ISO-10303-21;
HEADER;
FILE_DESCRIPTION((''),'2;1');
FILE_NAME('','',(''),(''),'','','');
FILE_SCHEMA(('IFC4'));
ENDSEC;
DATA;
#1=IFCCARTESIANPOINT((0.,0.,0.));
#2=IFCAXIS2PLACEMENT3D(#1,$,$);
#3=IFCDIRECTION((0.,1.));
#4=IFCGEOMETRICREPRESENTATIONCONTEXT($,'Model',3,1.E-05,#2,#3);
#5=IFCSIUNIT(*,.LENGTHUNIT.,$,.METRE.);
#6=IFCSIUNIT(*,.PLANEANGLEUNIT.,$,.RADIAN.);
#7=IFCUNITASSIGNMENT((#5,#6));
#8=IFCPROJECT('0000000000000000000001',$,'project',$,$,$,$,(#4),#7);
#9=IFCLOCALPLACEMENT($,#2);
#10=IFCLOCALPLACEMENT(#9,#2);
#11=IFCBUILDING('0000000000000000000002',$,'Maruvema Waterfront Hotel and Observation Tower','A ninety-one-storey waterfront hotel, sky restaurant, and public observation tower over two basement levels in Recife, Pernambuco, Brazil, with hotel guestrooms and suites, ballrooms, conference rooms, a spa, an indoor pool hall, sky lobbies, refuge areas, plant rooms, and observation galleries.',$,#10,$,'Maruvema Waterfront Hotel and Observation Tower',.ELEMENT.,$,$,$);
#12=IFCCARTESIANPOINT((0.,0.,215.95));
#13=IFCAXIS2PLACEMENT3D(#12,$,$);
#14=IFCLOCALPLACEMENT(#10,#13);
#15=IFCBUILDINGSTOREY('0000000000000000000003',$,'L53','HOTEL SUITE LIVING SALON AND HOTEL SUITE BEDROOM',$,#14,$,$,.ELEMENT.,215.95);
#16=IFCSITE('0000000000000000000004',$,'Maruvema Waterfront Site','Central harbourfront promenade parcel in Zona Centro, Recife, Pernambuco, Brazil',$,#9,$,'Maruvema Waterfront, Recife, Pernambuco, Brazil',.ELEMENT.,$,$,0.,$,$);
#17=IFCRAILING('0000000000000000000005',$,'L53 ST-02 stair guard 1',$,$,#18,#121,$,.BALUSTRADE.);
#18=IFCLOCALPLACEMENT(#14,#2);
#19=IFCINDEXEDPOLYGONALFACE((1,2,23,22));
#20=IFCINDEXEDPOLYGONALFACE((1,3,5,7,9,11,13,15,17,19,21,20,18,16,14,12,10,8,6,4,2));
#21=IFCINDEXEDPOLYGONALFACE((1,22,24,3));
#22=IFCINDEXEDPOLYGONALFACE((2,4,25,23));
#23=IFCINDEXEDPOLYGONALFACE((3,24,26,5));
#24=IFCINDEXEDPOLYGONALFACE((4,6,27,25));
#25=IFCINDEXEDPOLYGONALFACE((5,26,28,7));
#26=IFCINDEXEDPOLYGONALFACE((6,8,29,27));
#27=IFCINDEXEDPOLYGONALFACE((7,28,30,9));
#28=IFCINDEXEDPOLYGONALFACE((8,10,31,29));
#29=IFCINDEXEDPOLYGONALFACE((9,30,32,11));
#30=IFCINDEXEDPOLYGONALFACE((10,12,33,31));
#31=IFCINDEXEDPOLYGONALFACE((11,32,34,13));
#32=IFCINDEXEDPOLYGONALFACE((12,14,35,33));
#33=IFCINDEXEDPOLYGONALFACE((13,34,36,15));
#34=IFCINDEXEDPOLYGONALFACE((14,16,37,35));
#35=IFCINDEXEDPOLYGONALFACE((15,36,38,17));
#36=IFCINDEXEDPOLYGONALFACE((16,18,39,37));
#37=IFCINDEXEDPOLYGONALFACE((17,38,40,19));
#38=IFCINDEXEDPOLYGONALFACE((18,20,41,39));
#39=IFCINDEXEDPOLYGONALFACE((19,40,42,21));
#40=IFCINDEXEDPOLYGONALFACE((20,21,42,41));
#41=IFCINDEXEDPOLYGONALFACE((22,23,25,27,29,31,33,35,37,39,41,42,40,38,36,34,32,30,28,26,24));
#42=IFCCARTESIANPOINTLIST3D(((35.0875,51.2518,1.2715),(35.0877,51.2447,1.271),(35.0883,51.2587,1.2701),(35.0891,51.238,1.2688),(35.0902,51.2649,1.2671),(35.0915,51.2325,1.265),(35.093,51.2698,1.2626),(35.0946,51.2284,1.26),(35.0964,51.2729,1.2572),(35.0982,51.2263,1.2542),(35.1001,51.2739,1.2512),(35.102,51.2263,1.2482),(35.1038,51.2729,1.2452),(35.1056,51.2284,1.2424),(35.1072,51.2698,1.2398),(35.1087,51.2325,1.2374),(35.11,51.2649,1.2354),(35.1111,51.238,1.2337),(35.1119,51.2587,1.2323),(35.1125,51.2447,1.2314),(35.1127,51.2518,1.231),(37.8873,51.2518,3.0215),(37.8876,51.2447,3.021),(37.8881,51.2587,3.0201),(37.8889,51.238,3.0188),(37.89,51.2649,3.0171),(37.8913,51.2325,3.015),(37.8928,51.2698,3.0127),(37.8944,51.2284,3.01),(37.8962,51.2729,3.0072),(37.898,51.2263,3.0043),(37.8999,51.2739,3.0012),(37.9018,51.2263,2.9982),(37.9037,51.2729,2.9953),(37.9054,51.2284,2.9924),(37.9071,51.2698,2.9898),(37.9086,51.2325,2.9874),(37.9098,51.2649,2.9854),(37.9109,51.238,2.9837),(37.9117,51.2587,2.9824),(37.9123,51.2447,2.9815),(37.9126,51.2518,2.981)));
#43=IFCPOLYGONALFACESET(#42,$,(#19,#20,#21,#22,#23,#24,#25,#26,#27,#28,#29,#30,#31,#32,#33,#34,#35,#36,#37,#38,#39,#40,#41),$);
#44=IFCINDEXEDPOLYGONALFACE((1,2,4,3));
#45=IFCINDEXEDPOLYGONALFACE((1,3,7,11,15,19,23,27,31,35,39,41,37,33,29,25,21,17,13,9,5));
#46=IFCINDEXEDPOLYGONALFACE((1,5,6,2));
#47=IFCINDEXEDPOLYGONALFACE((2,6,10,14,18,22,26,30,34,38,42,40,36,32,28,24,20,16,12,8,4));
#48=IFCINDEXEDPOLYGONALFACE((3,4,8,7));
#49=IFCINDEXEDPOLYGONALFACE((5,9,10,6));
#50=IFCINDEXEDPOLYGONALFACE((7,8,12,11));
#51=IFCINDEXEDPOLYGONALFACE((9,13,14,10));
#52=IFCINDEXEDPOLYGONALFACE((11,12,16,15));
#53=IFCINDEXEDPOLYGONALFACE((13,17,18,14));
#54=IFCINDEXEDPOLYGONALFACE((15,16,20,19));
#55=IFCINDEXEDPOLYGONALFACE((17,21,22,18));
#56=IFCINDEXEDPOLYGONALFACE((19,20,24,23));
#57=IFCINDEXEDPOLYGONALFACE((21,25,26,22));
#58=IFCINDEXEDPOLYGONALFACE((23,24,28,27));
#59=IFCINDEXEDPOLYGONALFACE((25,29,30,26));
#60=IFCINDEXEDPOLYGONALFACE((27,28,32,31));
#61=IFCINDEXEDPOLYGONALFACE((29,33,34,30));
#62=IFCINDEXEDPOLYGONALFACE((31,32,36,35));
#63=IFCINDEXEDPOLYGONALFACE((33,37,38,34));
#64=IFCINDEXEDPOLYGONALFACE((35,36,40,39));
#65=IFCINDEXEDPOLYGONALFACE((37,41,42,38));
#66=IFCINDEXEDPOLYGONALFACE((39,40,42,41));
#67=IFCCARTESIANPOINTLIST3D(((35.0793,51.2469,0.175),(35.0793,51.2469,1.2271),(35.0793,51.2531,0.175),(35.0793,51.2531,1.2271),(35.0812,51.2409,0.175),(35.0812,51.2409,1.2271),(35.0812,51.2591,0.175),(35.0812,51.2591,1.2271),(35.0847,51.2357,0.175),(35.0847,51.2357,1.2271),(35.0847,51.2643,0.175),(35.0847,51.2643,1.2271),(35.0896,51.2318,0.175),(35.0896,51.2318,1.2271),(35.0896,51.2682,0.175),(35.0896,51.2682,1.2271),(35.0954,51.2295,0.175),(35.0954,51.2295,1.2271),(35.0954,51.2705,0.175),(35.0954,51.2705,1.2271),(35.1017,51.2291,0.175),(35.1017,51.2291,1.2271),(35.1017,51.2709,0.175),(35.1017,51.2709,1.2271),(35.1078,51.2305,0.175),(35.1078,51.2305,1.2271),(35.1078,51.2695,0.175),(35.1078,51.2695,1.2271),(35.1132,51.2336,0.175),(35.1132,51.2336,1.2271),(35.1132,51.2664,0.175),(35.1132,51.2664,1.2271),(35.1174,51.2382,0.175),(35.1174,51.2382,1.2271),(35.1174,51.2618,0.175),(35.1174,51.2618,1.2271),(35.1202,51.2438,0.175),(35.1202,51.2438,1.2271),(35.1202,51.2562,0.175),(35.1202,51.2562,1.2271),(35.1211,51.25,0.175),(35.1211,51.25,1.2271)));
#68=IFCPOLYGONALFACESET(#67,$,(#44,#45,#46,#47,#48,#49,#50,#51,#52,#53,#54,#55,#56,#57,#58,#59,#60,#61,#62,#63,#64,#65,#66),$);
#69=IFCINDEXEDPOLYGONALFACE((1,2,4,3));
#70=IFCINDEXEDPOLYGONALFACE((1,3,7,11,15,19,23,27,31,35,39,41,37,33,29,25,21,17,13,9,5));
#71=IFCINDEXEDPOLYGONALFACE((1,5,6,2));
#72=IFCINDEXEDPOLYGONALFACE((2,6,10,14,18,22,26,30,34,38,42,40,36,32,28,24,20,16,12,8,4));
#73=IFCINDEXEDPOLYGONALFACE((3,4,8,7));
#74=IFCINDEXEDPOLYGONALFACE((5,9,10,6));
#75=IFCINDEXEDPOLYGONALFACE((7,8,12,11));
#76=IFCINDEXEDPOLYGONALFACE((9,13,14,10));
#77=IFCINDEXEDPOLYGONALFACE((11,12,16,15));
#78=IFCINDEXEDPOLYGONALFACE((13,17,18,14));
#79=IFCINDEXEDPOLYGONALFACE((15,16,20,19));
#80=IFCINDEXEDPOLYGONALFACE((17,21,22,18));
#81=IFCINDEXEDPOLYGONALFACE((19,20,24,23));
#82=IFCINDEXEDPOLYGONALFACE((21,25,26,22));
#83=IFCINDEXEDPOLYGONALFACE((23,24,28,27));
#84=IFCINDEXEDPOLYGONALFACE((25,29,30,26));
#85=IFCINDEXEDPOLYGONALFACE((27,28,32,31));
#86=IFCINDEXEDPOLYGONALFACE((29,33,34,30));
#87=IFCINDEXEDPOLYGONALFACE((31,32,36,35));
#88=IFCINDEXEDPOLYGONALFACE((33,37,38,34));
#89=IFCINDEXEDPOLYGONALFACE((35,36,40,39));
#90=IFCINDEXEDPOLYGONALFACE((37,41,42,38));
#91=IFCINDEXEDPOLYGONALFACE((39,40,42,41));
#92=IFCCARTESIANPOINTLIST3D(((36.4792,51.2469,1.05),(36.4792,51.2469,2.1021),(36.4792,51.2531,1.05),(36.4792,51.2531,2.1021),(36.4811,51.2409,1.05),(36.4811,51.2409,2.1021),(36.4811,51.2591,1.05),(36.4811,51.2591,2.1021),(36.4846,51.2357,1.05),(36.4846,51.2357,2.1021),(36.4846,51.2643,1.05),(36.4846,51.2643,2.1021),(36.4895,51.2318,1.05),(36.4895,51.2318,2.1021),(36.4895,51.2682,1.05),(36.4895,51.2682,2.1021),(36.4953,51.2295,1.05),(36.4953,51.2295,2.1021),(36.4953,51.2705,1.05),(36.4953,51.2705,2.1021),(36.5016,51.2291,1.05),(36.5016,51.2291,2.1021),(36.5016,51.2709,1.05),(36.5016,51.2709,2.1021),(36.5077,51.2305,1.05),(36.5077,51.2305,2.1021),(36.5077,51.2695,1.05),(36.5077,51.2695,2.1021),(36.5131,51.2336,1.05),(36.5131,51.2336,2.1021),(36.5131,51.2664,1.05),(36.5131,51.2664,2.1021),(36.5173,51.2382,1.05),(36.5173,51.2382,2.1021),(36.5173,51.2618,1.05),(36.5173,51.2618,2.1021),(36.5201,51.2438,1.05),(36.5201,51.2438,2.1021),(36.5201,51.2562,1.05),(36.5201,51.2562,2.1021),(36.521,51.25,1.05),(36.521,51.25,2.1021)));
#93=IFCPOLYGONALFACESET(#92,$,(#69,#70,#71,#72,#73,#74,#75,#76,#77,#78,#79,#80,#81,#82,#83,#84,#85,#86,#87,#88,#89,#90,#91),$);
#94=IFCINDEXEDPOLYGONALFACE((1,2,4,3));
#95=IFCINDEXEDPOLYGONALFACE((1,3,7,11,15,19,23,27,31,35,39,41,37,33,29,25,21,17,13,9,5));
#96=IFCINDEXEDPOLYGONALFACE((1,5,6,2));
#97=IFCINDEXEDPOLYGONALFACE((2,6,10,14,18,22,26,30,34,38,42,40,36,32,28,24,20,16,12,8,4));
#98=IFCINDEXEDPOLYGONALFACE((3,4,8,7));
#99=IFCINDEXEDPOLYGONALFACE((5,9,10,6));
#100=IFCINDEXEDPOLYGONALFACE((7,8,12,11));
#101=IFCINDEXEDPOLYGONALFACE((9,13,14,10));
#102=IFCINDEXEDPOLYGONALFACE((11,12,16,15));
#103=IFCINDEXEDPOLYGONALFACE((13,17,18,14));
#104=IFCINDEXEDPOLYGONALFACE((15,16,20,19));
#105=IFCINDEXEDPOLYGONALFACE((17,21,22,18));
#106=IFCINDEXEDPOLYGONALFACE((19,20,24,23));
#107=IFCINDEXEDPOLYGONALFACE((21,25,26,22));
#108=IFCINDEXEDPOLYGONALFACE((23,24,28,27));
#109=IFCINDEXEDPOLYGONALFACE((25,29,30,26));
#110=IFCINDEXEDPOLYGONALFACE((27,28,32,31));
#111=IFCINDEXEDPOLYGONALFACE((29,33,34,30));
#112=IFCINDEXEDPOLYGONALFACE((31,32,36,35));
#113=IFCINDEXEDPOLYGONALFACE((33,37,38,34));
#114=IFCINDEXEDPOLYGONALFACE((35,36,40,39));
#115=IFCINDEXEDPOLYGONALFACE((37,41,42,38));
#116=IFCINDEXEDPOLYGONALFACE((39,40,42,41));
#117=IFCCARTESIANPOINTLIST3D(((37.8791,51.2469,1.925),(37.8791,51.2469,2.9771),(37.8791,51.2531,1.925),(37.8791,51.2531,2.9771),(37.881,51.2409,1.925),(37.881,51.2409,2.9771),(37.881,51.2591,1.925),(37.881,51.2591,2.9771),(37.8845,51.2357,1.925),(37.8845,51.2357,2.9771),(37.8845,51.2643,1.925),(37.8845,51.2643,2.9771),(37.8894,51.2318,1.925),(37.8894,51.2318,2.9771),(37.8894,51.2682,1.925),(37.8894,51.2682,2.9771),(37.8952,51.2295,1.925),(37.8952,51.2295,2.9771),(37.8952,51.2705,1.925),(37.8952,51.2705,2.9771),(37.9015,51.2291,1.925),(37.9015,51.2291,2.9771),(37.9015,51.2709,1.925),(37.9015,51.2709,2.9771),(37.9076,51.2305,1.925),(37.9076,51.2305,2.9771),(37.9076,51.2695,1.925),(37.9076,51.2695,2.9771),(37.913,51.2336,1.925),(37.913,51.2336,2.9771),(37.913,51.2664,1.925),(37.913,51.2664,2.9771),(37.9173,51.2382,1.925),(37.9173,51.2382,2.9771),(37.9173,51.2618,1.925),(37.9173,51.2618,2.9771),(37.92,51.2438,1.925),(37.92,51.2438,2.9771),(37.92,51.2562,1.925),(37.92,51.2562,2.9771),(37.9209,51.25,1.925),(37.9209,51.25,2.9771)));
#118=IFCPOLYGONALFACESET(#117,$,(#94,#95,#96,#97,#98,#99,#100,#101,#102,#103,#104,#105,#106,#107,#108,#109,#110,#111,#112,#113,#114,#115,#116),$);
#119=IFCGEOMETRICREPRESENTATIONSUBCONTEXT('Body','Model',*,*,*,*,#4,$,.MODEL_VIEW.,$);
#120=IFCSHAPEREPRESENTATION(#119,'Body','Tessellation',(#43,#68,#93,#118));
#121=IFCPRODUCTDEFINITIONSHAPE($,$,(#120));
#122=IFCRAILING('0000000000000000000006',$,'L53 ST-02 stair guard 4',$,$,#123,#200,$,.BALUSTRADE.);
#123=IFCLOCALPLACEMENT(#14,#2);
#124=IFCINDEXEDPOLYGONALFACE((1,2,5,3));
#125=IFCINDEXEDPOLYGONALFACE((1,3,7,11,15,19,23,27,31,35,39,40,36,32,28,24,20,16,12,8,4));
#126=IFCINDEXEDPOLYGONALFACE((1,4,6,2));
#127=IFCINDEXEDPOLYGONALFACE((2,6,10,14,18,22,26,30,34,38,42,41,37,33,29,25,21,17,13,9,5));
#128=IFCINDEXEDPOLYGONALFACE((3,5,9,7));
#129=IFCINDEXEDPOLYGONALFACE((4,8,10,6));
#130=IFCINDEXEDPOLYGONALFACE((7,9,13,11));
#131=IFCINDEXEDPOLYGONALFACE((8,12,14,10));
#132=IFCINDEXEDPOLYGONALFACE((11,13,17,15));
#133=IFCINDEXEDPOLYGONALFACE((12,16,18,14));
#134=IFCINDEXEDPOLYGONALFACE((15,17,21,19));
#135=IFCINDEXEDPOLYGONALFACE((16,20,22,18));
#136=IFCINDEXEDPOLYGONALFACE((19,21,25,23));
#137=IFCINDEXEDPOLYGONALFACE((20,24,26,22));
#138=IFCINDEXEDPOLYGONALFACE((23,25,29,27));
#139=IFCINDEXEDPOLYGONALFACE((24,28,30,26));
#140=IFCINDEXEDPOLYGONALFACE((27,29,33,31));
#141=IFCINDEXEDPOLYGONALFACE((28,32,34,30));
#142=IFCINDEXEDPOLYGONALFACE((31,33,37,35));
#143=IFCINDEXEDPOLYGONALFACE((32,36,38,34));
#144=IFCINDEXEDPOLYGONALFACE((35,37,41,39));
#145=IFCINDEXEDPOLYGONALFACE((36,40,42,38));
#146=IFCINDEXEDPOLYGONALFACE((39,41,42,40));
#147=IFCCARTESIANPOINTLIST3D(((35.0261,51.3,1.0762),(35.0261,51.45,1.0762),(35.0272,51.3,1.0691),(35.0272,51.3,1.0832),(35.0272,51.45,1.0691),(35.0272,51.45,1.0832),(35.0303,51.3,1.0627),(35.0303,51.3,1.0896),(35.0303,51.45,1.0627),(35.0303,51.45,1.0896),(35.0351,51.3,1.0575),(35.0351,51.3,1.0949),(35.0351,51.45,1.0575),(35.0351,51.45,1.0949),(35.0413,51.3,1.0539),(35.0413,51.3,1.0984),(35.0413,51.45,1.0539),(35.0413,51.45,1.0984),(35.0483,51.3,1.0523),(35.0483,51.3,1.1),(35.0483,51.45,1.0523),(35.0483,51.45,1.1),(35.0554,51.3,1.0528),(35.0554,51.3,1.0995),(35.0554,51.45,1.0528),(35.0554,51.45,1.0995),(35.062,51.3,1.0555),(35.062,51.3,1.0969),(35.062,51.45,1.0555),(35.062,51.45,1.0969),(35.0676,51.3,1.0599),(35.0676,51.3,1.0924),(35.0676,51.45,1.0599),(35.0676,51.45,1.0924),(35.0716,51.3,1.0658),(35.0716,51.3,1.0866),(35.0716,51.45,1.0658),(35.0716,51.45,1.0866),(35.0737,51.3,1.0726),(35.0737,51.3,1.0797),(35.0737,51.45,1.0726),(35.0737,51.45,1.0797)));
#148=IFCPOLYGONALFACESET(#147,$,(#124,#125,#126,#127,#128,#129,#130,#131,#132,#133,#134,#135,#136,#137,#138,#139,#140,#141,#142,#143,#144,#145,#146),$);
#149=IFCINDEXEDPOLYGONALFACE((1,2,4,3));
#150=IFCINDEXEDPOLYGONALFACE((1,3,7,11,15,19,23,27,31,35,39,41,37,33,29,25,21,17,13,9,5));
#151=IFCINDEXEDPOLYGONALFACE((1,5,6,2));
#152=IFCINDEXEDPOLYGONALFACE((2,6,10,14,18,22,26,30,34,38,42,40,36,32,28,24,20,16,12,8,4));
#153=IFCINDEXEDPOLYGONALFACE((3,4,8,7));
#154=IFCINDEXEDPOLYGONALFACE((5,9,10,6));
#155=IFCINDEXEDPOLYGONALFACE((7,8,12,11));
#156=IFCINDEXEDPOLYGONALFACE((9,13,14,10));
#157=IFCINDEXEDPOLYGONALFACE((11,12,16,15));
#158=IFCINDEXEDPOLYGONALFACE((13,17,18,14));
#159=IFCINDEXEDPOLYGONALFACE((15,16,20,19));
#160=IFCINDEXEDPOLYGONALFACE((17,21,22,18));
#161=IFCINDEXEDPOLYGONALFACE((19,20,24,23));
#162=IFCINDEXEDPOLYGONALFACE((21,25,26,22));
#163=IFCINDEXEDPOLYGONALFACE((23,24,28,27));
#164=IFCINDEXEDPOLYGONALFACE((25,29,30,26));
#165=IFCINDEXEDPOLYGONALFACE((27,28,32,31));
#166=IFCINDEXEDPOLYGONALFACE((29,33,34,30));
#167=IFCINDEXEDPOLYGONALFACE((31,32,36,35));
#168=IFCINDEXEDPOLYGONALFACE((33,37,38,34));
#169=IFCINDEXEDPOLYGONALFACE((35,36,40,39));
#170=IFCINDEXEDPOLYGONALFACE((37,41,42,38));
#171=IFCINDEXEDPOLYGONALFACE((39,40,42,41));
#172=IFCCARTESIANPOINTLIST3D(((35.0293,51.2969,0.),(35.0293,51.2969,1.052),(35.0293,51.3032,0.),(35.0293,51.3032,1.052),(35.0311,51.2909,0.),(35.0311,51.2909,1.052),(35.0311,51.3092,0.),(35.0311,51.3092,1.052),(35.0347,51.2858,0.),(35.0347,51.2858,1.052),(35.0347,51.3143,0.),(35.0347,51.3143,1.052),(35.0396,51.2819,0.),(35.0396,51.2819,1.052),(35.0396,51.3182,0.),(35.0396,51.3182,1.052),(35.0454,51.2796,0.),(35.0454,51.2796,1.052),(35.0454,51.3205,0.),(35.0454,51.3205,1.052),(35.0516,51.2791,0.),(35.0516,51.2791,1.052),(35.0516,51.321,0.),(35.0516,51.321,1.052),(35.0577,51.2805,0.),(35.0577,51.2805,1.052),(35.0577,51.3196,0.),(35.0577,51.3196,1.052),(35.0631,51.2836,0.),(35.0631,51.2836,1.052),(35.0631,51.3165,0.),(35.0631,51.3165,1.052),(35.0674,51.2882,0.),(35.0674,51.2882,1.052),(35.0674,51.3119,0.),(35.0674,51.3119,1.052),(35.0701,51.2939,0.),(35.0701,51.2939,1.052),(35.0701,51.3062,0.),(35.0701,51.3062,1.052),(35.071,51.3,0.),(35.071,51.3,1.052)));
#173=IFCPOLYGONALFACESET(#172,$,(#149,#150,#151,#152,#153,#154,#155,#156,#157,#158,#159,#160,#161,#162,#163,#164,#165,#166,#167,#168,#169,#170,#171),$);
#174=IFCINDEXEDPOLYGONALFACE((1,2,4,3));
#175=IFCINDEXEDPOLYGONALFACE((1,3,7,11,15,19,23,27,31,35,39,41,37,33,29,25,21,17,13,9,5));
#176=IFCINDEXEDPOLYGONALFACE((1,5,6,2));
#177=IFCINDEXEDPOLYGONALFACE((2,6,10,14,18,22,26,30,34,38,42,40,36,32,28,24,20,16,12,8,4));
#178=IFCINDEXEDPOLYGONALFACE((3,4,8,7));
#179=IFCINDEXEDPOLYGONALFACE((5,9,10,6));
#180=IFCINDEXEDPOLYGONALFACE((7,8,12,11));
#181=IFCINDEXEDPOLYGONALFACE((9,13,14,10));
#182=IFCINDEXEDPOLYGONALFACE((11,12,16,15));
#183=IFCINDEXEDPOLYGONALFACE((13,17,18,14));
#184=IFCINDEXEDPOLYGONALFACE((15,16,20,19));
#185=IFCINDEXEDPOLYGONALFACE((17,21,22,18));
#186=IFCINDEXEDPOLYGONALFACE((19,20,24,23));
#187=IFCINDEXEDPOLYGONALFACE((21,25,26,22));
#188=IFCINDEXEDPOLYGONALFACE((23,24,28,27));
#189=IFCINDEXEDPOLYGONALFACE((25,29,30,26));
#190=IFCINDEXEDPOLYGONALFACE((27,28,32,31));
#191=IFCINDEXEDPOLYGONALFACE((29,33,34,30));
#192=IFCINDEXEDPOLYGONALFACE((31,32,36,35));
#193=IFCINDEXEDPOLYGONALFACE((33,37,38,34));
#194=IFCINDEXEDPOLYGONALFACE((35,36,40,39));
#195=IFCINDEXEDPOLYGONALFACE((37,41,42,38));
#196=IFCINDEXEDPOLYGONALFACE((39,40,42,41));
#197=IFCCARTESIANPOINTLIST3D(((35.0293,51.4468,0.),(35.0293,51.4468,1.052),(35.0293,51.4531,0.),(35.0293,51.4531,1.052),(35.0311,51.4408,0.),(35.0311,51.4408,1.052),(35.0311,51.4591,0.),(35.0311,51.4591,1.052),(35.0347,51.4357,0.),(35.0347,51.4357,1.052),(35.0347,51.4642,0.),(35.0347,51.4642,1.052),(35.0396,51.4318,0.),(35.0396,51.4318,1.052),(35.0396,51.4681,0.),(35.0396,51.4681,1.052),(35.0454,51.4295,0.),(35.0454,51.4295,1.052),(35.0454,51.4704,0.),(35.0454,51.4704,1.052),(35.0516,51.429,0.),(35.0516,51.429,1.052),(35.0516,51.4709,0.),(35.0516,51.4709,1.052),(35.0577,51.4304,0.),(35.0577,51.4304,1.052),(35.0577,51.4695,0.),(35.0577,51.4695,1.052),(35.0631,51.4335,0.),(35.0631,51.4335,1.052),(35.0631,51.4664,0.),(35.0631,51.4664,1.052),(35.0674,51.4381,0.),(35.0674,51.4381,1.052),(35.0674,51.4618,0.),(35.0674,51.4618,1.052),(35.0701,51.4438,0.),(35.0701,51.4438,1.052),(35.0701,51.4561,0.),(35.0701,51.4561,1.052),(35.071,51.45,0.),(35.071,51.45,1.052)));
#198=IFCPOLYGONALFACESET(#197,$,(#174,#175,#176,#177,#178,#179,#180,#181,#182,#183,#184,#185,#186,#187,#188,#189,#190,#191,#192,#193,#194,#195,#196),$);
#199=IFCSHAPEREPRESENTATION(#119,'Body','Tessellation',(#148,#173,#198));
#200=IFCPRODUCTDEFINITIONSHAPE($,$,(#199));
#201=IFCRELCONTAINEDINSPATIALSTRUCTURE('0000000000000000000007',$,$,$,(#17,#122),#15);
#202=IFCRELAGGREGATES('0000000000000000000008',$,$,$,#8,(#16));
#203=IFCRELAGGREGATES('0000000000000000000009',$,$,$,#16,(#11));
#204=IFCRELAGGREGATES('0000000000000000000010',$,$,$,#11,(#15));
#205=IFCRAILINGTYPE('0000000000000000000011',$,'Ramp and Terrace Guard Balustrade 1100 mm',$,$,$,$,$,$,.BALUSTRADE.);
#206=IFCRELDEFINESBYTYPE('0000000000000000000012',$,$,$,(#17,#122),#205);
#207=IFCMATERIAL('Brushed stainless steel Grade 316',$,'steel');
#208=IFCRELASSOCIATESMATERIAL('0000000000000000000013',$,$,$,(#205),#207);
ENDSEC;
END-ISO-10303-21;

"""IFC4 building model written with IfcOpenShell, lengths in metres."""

from ifc_helpers import new_model, si_unit, direction, frame, origin, origin_2d, place, context, subcontext, project, spatial, circle, extrude, material, type_object, element, save


model = new_model("IFC4")

# Units and contexts
model_context = context("Model", 3, precision=1e-05, world=origin(), true_north=direction((0.0, 1.0)))
body_context = subcontext(model_context, "Body", "Model", "MODEL_VIEW")
ifc_project = project(units=[si_unit("LENGTHUNIT", "METRE"), si_unit("PLANEANGLEUNIT", "RADIAN")], contexts=[model_context])

# Site, building, storey
site_placement = place(None, origin())
site = spatial("IfcSite", under=ifc_project, at=site_placement, Name="Maruvema Waterfront Site", Description="Central harbourfront promenade parcel in Zona Centro, Recife, Pernambuco, Brazil", LongName="Maruvema Waterfront, Recife, Pernambuco, Brazil", CompositionType="ELEMENT", RefElevation=0.0)
building_placement = place(site_placement, origin())
building = spatial("IfcBuilding", under=site, at=building_placement, Name="Maruvema Waterfront Hotel and Observation Tower", Description="A ninety-one-storey waterfront hotel, sky restaurant, and public observation tower over two basement levels in Recife, Pernambuco, Brazil, with hotel guestrooms and suites, ballrooms, conference rooms, a spa, an indoor pool hall, sky lobbies, refuge areas, plant rooms, and observation galleries.", LongName="Maruvema Waterfront Hotel and Observation Tower", CompositionType="ELEMENT")
storey_placement = place(building_placement, frame((0.0, 0.0, 215.95)))
storey = spatial("IfcBuildingStorey", under=building, at=storey_placement, Name="L53", Description="HOTEL SUITE LIVING SALON AND HOTEL SUITE BEDROOM", CompositionType="ELEMENT", Elevation=215.95)

# Railings
ifc_material_1 = material(Name="Brushed stainless steel Grade 316", Category="steel")
railing_type_1 = type_object("IfcRailingType", Name="Ramp and Terrace Guard Balustrade 1100 mm", PredefinedType="BALUSTRADE", material=ifc_material_1)
railing_1_placement = place(storey_placement, frame((35.1001, 51.25, 0.175)))
element("IfcRailing", 1, at=railing_1_placement, inside=storey, type_object=railing_type_1, Name="L53 ST-02 stair guard 1", PredefinedType="BALUSTRADE", context=body_context, shape_type="SweptSolid", body=[
    extrude(circle(Radius=0.0239, at=origin_2d()), frame((0.0, 0.0, 1.0762), z_axis=(0.847982, 0.0, 0.530026), x_axis=(0.0, 1.0, 0.0)), (0.0, 0.0, 1.0), 3.3018),
    extrude(circle(Radius=0.021, at=origin_2d()), origin(), (0.0, 0.0, 1.0), 1.052),
    extrude(circle(Radius=0.021, at=origin_2d()), frame((1.3999, 0.0, 0.875)), (0.0, 0.0, 1.0), 1.052),
    extrude(circle(Radius=0.021, at=origin_2d()), frame((2.7998, 0.0, 1.75)), (0.0, 0.0, 1.0), 1.052),
])
railing_2_placement = place(storey_placement, frame((35.05, 51.3, 0.0)))
element("IfcRailing", 2, at=railing_2_placement, inside=storey, type_object=railing_type_1, Name="L53 ST-02 stair guard 4", PredefinedType="BALUSTRADE", context=body_context, shape_type="SweptSolid", body=[
    extrude(circle(Radius=0.0239, at=origin_2d()), frame((0.0, 0.0, 1.0762), z_axis=(0.0, 1.0, 0.0), x_axis=(-1.0, 0.0, 0.0)), (0.0, 0.0, 1.0), 0.1499),
    extrude(circle(Radius=0.021, at=origin_2d()), origin(), (0.0, 0.0, 1.0), 1.052),
    extrude(circle(Radius=0.021, at=origin_2d()), frame((0.0, 0.1499, 0.0)), (0.0, 0.0, 1.0), 1.052),
])

save(model, "model.ifc")
